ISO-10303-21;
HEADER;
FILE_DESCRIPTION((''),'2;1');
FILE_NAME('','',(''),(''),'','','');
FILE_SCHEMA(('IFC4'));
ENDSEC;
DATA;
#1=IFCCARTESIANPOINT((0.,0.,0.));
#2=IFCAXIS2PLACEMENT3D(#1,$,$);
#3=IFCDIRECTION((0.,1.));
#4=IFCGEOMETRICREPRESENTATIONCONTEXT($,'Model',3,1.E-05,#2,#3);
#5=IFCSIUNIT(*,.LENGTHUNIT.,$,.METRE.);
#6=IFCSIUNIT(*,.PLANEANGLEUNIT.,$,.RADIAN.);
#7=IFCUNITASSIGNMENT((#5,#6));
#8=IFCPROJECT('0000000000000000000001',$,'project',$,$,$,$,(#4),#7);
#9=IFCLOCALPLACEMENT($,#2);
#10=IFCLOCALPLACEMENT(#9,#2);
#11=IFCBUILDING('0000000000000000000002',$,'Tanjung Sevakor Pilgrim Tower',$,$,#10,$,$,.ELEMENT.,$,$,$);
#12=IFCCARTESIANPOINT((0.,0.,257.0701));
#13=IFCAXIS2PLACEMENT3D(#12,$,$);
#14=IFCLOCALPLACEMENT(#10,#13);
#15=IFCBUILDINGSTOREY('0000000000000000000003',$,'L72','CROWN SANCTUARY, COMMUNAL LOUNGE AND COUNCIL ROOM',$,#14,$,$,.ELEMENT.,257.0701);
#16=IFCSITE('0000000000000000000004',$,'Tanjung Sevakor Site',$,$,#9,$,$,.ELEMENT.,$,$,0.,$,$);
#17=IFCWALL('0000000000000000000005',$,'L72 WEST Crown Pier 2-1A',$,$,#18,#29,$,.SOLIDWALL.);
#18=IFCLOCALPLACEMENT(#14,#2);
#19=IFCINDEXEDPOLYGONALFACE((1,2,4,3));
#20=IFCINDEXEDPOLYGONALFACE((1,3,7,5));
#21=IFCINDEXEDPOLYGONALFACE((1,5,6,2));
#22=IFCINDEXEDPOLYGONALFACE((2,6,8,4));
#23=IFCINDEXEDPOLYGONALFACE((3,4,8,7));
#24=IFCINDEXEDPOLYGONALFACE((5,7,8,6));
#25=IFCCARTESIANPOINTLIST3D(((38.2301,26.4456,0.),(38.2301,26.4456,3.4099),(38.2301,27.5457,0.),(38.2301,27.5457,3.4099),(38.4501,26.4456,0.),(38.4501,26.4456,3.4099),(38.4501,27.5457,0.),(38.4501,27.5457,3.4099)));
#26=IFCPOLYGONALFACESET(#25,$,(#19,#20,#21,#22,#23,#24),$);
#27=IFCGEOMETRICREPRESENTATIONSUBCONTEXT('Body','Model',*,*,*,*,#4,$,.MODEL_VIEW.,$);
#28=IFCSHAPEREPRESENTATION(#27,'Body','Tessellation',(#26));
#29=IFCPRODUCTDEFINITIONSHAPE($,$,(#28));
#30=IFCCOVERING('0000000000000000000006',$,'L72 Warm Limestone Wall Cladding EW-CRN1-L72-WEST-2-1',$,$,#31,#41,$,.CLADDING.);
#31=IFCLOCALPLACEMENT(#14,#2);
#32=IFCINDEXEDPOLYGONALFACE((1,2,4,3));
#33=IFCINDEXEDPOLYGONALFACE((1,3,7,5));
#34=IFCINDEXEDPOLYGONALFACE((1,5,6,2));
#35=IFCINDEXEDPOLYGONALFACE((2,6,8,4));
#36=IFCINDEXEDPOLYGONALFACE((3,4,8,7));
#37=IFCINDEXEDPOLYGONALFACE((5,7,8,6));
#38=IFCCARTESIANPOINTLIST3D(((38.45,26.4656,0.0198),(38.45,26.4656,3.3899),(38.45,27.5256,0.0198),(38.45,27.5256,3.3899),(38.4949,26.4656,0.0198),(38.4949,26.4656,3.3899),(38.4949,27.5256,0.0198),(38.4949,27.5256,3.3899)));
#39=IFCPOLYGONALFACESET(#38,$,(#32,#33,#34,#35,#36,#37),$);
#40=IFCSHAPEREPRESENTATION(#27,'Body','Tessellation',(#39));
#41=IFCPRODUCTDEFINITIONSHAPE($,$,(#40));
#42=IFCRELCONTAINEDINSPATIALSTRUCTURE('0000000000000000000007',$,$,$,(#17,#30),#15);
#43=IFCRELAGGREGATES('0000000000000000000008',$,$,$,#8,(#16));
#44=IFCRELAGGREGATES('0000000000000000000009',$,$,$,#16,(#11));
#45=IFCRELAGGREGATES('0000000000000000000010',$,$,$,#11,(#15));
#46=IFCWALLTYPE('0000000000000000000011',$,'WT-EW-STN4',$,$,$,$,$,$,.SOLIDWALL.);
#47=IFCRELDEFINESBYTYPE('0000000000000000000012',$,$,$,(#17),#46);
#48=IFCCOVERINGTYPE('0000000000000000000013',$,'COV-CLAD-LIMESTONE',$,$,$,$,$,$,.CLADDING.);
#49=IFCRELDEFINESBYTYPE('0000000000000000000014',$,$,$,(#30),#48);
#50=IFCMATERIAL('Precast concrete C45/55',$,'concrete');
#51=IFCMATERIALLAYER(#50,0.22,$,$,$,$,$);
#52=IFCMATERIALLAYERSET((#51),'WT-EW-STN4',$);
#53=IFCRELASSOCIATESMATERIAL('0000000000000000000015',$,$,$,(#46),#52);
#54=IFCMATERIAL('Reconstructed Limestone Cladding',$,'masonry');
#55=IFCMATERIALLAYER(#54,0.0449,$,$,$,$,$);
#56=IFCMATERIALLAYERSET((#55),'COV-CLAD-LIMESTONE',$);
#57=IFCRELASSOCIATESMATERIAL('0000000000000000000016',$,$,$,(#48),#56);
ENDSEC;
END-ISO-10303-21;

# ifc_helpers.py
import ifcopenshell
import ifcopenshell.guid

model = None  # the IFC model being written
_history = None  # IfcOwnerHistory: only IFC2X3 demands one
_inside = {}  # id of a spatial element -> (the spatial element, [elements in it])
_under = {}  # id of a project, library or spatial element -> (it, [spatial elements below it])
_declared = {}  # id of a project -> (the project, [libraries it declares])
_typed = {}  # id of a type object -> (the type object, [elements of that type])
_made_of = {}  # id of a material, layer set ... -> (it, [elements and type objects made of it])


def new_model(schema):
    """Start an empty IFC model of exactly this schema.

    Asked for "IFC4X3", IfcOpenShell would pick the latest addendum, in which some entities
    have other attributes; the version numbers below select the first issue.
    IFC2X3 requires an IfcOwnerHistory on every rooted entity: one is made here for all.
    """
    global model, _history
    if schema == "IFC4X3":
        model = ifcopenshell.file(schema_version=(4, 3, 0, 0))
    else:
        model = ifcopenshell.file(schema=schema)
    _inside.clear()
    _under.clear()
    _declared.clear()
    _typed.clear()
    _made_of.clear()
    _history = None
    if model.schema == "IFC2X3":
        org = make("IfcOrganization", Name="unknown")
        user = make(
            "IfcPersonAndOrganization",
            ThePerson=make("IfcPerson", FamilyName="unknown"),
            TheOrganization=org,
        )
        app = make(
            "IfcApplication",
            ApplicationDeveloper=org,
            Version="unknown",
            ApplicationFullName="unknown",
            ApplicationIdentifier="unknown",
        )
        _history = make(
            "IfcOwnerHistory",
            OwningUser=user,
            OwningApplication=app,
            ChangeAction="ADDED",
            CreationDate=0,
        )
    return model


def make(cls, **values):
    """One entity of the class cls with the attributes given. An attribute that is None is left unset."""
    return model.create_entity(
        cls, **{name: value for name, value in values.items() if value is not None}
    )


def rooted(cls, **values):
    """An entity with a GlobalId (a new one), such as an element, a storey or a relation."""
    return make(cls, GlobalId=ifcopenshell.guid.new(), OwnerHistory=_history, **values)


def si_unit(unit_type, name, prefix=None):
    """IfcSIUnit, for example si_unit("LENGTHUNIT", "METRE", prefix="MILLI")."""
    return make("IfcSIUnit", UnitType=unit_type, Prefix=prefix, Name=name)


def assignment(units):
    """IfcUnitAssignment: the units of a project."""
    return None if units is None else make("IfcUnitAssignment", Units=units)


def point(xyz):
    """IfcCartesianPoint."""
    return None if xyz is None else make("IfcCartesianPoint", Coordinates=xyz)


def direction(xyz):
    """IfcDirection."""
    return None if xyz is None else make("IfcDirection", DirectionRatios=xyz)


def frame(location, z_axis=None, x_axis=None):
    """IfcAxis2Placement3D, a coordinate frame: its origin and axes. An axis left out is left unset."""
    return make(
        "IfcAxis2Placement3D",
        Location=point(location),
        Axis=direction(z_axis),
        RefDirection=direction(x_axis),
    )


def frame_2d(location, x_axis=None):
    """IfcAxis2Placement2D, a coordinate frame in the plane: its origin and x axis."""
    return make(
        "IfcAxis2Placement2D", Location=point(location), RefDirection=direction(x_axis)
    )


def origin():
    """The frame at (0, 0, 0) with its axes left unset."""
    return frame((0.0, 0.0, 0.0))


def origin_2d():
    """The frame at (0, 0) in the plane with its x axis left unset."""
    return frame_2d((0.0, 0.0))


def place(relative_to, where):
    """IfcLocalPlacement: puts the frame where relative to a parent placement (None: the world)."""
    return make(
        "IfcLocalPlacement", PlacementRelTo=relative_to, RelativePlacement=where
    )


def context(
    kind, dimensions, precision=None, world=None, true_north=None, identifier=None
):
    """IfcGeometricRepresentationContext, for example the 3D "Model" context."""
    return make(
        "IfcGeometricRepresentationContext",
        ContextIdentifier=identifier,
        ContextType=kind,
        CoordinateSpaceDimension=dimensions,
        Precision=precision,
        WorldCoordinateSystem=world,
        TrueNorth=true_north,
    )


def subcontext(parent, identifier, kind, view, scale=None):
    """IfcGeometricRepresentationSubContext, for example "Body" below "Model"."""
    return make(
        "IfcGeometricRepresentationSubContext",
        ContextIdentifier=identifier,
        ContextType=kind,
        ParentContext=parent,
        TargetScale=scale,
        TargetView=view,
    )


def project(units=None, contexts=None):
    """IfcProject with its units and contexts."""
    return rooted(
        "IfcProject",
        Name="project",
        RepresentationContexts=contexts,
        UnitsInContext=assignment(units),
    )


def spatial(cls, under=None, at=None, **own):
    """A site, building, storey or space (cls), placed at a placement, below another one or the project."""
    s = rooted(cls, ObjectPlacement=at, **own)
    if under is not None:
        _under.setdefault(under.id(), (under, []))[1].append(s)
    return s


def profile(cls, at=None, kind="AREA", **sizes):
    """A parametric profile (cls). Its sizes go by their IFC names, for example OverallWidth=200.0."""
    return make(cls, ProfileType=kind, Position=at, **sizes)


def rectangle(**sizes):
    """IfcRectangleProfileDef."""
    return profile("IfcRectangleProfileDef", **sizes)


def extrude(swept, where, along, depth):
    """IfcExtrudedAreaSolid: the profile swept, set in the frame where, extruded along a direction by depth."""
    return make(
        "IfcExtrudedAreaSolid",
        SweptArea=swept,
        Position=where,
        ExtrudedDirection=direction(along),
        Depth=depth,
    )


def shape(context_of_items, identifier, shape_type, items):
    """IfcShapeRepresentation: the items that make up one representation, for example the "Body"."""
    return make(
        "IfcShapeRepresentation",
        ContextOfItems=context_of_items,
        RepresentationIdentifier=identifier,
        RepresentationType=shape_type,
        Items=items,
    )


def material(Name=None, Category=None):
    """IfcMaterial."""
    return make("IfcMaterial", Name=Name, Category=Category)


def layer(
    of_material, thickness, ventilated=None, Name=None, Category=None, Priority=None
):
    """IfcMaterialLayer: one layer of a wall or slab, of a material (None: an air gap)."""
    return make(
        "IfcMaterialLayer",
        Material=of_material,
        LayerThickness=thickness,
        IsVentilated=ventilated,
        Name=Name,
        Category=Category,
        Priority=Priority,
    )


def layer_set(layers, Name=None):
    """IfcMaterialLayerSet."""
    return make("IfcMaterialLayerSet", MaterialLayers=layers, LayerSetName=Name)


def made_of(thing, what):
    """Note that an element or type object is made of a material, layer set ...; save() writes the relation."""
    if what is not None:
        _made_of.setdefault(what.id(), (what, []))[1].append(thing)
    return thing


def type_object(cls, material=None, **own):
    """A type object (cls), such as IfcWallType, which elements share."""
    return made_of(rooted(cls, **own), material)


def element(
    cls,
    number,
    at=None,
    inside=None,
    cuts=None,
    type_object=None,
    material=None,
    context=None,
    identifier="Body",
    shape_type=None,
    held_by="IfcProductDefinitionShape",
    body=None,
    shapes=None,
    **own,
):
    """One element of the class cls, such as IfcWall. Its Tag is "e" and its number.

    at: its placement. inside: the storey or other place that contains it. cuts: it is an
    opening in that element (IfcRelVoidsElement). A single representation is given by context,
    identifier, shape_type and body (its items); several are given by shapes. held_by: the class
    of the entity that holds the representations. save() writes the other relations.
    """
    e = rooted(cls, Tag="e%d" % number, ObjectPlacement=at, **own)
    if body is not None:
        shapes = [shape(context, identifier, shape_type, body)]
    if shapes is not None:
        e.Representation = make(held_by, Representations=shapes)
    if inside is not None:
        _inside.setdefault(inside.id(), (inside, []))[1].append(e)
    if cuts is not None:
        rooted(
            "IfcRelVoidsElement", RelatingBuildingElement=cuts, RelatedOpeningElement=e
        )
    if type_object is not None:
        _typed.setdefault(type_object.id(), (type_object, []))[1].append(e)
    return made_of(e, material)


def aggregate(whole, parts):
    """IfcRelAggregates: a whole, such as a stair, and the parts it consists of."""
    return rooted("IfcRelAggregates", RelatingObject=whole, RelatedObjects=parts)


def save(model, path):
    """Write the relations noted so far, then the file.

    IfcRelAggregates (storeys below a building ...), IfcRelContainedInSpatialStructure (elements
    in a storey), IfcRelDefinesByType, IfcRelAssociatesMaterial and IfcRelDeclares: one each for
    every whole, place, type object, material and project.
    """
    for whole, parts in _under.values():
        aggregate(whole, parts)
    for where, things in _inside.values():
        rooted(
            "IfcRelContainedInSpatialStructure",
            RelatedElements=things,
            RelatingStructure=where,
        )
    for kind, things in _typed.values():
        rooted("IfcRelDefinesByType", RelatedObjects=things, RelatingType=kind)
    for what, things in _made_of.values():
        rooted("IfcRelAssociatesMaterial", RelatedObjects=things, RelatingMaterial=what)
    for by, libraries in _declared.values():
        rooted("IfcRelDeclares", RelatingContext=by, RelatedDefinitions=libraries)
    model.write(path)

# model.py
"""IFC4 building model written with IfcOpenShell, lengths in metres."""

from ifc_helpers import new_model, si_unit, direction, frame, frame_2d, origin, origin_2d, place, context, subcontext, project, spatial, rectangle, extrude, material, layer, layer_set, type_object, element, save


model = new_model("IFC4")

# Units and contexts
model_context = context("Model", 3, precision=1e-05, world=origin(), true_north=direction((0.0, 1.0)))
body_context = subcontext(model_context, "Body", "Model", "MODEL_VIEW")
ifc_project = project(units=[si_unit("LENGTHUNIT", "METRE"), si_unit("PLANEANGLEUNIT", "RADIAN")], contexts=[model_context])

# Site, building, storey
site_placement = place(None, origin())
site = spatial("IfcSite", under=ifc_project, at=site_placement, Name="Tanjung Sevakor Site", CompositionType="ELEMENT", RefElevation=0.0)
building_placement = place(site_placement, origin())
building = spatial("IfcBuilding", under=site, at=building_placement, Name="Tanjung Sevakor Pilgrim Tower", CompositionType="ELEMENT")
storey_placement = place(building_placement, frame((0.0, 0.0, 257.0701)))
storey = spatial("IfcBuildingStorey", under=building, at=storey_placement, Name="L72", Description="CROWN SANCTUARY, COMMUNAL LOUNGE AND COUNCIL ROOM", CompositionType="ELEMENT", Elevation=257.0701)

# Wall
ifc_material_1 = material(Name="Precast concrete C45/55", Category="concrete")
ifc_layer_1 = layer(ifc_material_1, 0.22)
ifc_layer_set_1 = layer_set([ifc_layer_1], Name="WT-EW-STN4")
wall_type_1 = type_object("IfcWallType", Name="WT-EW-STN4", PredefinedType="SOLIDWALL", material=ifc_layer_set_1)
wall_1_placement = place(storey_placement, frame((38.3401, 26.4456, 0.0), z_axis=(0.0, 0.0, 1.0), x_axis=(0.0, 1.0, 0.0)))
element("IfcWall", 1, at=wall_1_placement, inside=storey, type_object=wall_type_1, Name="L72 WEST Crown Pier 2-1A", PredefinedType="SOLIDWALL", context=body_context, shape_type="SweptSolid", body=[
    extrude(rectangle(XDim=1.1001, YDim=0.22, at=frame_2d((0.55, 0.0))), origin(), (0.0, 0.0, 1.0), 3.4099),
])

# Covering
ifc_material_2 = material(Name="Reconstructed Limestone Cladding", Category="masonry")
ifc_layer_2 = layer(ifc_material_2, 0.0449)
ifc_layer_set_2 = layer_set([ifc_layer_2], Name="COV-CLAD-LIMESTONE")
covering_type = type_object("IfcCoveringType", Name="COV-CLAD-LIMESTONE", PredefinedType="CLADDING", material=ifc_layer_set_2)
covering_placement = place(storey_placement, frame((38.4724, 26.9956, 0.0198), z_axis=(0.0, 0.0, 1.0), x_axis=(0.0, 1.0, 0.0)))
element("IfcCovering", 2, at=covering_placement, inside=storey, type_object=covering_type, Name="L72 Warm Limestone Wall Cladding EW-CRN1-L72-WEST-2-1", PredefinedType="CLADDING", context=body_context, shape_type="SweptSolid", body=[
    extrude(rectangle(XDim=1.0601, YDim=0.0449, at=origin_2d()), origin(), (0.0, 0.0, 1.0), 3.3701),
])

save(model, "model.ifc")
